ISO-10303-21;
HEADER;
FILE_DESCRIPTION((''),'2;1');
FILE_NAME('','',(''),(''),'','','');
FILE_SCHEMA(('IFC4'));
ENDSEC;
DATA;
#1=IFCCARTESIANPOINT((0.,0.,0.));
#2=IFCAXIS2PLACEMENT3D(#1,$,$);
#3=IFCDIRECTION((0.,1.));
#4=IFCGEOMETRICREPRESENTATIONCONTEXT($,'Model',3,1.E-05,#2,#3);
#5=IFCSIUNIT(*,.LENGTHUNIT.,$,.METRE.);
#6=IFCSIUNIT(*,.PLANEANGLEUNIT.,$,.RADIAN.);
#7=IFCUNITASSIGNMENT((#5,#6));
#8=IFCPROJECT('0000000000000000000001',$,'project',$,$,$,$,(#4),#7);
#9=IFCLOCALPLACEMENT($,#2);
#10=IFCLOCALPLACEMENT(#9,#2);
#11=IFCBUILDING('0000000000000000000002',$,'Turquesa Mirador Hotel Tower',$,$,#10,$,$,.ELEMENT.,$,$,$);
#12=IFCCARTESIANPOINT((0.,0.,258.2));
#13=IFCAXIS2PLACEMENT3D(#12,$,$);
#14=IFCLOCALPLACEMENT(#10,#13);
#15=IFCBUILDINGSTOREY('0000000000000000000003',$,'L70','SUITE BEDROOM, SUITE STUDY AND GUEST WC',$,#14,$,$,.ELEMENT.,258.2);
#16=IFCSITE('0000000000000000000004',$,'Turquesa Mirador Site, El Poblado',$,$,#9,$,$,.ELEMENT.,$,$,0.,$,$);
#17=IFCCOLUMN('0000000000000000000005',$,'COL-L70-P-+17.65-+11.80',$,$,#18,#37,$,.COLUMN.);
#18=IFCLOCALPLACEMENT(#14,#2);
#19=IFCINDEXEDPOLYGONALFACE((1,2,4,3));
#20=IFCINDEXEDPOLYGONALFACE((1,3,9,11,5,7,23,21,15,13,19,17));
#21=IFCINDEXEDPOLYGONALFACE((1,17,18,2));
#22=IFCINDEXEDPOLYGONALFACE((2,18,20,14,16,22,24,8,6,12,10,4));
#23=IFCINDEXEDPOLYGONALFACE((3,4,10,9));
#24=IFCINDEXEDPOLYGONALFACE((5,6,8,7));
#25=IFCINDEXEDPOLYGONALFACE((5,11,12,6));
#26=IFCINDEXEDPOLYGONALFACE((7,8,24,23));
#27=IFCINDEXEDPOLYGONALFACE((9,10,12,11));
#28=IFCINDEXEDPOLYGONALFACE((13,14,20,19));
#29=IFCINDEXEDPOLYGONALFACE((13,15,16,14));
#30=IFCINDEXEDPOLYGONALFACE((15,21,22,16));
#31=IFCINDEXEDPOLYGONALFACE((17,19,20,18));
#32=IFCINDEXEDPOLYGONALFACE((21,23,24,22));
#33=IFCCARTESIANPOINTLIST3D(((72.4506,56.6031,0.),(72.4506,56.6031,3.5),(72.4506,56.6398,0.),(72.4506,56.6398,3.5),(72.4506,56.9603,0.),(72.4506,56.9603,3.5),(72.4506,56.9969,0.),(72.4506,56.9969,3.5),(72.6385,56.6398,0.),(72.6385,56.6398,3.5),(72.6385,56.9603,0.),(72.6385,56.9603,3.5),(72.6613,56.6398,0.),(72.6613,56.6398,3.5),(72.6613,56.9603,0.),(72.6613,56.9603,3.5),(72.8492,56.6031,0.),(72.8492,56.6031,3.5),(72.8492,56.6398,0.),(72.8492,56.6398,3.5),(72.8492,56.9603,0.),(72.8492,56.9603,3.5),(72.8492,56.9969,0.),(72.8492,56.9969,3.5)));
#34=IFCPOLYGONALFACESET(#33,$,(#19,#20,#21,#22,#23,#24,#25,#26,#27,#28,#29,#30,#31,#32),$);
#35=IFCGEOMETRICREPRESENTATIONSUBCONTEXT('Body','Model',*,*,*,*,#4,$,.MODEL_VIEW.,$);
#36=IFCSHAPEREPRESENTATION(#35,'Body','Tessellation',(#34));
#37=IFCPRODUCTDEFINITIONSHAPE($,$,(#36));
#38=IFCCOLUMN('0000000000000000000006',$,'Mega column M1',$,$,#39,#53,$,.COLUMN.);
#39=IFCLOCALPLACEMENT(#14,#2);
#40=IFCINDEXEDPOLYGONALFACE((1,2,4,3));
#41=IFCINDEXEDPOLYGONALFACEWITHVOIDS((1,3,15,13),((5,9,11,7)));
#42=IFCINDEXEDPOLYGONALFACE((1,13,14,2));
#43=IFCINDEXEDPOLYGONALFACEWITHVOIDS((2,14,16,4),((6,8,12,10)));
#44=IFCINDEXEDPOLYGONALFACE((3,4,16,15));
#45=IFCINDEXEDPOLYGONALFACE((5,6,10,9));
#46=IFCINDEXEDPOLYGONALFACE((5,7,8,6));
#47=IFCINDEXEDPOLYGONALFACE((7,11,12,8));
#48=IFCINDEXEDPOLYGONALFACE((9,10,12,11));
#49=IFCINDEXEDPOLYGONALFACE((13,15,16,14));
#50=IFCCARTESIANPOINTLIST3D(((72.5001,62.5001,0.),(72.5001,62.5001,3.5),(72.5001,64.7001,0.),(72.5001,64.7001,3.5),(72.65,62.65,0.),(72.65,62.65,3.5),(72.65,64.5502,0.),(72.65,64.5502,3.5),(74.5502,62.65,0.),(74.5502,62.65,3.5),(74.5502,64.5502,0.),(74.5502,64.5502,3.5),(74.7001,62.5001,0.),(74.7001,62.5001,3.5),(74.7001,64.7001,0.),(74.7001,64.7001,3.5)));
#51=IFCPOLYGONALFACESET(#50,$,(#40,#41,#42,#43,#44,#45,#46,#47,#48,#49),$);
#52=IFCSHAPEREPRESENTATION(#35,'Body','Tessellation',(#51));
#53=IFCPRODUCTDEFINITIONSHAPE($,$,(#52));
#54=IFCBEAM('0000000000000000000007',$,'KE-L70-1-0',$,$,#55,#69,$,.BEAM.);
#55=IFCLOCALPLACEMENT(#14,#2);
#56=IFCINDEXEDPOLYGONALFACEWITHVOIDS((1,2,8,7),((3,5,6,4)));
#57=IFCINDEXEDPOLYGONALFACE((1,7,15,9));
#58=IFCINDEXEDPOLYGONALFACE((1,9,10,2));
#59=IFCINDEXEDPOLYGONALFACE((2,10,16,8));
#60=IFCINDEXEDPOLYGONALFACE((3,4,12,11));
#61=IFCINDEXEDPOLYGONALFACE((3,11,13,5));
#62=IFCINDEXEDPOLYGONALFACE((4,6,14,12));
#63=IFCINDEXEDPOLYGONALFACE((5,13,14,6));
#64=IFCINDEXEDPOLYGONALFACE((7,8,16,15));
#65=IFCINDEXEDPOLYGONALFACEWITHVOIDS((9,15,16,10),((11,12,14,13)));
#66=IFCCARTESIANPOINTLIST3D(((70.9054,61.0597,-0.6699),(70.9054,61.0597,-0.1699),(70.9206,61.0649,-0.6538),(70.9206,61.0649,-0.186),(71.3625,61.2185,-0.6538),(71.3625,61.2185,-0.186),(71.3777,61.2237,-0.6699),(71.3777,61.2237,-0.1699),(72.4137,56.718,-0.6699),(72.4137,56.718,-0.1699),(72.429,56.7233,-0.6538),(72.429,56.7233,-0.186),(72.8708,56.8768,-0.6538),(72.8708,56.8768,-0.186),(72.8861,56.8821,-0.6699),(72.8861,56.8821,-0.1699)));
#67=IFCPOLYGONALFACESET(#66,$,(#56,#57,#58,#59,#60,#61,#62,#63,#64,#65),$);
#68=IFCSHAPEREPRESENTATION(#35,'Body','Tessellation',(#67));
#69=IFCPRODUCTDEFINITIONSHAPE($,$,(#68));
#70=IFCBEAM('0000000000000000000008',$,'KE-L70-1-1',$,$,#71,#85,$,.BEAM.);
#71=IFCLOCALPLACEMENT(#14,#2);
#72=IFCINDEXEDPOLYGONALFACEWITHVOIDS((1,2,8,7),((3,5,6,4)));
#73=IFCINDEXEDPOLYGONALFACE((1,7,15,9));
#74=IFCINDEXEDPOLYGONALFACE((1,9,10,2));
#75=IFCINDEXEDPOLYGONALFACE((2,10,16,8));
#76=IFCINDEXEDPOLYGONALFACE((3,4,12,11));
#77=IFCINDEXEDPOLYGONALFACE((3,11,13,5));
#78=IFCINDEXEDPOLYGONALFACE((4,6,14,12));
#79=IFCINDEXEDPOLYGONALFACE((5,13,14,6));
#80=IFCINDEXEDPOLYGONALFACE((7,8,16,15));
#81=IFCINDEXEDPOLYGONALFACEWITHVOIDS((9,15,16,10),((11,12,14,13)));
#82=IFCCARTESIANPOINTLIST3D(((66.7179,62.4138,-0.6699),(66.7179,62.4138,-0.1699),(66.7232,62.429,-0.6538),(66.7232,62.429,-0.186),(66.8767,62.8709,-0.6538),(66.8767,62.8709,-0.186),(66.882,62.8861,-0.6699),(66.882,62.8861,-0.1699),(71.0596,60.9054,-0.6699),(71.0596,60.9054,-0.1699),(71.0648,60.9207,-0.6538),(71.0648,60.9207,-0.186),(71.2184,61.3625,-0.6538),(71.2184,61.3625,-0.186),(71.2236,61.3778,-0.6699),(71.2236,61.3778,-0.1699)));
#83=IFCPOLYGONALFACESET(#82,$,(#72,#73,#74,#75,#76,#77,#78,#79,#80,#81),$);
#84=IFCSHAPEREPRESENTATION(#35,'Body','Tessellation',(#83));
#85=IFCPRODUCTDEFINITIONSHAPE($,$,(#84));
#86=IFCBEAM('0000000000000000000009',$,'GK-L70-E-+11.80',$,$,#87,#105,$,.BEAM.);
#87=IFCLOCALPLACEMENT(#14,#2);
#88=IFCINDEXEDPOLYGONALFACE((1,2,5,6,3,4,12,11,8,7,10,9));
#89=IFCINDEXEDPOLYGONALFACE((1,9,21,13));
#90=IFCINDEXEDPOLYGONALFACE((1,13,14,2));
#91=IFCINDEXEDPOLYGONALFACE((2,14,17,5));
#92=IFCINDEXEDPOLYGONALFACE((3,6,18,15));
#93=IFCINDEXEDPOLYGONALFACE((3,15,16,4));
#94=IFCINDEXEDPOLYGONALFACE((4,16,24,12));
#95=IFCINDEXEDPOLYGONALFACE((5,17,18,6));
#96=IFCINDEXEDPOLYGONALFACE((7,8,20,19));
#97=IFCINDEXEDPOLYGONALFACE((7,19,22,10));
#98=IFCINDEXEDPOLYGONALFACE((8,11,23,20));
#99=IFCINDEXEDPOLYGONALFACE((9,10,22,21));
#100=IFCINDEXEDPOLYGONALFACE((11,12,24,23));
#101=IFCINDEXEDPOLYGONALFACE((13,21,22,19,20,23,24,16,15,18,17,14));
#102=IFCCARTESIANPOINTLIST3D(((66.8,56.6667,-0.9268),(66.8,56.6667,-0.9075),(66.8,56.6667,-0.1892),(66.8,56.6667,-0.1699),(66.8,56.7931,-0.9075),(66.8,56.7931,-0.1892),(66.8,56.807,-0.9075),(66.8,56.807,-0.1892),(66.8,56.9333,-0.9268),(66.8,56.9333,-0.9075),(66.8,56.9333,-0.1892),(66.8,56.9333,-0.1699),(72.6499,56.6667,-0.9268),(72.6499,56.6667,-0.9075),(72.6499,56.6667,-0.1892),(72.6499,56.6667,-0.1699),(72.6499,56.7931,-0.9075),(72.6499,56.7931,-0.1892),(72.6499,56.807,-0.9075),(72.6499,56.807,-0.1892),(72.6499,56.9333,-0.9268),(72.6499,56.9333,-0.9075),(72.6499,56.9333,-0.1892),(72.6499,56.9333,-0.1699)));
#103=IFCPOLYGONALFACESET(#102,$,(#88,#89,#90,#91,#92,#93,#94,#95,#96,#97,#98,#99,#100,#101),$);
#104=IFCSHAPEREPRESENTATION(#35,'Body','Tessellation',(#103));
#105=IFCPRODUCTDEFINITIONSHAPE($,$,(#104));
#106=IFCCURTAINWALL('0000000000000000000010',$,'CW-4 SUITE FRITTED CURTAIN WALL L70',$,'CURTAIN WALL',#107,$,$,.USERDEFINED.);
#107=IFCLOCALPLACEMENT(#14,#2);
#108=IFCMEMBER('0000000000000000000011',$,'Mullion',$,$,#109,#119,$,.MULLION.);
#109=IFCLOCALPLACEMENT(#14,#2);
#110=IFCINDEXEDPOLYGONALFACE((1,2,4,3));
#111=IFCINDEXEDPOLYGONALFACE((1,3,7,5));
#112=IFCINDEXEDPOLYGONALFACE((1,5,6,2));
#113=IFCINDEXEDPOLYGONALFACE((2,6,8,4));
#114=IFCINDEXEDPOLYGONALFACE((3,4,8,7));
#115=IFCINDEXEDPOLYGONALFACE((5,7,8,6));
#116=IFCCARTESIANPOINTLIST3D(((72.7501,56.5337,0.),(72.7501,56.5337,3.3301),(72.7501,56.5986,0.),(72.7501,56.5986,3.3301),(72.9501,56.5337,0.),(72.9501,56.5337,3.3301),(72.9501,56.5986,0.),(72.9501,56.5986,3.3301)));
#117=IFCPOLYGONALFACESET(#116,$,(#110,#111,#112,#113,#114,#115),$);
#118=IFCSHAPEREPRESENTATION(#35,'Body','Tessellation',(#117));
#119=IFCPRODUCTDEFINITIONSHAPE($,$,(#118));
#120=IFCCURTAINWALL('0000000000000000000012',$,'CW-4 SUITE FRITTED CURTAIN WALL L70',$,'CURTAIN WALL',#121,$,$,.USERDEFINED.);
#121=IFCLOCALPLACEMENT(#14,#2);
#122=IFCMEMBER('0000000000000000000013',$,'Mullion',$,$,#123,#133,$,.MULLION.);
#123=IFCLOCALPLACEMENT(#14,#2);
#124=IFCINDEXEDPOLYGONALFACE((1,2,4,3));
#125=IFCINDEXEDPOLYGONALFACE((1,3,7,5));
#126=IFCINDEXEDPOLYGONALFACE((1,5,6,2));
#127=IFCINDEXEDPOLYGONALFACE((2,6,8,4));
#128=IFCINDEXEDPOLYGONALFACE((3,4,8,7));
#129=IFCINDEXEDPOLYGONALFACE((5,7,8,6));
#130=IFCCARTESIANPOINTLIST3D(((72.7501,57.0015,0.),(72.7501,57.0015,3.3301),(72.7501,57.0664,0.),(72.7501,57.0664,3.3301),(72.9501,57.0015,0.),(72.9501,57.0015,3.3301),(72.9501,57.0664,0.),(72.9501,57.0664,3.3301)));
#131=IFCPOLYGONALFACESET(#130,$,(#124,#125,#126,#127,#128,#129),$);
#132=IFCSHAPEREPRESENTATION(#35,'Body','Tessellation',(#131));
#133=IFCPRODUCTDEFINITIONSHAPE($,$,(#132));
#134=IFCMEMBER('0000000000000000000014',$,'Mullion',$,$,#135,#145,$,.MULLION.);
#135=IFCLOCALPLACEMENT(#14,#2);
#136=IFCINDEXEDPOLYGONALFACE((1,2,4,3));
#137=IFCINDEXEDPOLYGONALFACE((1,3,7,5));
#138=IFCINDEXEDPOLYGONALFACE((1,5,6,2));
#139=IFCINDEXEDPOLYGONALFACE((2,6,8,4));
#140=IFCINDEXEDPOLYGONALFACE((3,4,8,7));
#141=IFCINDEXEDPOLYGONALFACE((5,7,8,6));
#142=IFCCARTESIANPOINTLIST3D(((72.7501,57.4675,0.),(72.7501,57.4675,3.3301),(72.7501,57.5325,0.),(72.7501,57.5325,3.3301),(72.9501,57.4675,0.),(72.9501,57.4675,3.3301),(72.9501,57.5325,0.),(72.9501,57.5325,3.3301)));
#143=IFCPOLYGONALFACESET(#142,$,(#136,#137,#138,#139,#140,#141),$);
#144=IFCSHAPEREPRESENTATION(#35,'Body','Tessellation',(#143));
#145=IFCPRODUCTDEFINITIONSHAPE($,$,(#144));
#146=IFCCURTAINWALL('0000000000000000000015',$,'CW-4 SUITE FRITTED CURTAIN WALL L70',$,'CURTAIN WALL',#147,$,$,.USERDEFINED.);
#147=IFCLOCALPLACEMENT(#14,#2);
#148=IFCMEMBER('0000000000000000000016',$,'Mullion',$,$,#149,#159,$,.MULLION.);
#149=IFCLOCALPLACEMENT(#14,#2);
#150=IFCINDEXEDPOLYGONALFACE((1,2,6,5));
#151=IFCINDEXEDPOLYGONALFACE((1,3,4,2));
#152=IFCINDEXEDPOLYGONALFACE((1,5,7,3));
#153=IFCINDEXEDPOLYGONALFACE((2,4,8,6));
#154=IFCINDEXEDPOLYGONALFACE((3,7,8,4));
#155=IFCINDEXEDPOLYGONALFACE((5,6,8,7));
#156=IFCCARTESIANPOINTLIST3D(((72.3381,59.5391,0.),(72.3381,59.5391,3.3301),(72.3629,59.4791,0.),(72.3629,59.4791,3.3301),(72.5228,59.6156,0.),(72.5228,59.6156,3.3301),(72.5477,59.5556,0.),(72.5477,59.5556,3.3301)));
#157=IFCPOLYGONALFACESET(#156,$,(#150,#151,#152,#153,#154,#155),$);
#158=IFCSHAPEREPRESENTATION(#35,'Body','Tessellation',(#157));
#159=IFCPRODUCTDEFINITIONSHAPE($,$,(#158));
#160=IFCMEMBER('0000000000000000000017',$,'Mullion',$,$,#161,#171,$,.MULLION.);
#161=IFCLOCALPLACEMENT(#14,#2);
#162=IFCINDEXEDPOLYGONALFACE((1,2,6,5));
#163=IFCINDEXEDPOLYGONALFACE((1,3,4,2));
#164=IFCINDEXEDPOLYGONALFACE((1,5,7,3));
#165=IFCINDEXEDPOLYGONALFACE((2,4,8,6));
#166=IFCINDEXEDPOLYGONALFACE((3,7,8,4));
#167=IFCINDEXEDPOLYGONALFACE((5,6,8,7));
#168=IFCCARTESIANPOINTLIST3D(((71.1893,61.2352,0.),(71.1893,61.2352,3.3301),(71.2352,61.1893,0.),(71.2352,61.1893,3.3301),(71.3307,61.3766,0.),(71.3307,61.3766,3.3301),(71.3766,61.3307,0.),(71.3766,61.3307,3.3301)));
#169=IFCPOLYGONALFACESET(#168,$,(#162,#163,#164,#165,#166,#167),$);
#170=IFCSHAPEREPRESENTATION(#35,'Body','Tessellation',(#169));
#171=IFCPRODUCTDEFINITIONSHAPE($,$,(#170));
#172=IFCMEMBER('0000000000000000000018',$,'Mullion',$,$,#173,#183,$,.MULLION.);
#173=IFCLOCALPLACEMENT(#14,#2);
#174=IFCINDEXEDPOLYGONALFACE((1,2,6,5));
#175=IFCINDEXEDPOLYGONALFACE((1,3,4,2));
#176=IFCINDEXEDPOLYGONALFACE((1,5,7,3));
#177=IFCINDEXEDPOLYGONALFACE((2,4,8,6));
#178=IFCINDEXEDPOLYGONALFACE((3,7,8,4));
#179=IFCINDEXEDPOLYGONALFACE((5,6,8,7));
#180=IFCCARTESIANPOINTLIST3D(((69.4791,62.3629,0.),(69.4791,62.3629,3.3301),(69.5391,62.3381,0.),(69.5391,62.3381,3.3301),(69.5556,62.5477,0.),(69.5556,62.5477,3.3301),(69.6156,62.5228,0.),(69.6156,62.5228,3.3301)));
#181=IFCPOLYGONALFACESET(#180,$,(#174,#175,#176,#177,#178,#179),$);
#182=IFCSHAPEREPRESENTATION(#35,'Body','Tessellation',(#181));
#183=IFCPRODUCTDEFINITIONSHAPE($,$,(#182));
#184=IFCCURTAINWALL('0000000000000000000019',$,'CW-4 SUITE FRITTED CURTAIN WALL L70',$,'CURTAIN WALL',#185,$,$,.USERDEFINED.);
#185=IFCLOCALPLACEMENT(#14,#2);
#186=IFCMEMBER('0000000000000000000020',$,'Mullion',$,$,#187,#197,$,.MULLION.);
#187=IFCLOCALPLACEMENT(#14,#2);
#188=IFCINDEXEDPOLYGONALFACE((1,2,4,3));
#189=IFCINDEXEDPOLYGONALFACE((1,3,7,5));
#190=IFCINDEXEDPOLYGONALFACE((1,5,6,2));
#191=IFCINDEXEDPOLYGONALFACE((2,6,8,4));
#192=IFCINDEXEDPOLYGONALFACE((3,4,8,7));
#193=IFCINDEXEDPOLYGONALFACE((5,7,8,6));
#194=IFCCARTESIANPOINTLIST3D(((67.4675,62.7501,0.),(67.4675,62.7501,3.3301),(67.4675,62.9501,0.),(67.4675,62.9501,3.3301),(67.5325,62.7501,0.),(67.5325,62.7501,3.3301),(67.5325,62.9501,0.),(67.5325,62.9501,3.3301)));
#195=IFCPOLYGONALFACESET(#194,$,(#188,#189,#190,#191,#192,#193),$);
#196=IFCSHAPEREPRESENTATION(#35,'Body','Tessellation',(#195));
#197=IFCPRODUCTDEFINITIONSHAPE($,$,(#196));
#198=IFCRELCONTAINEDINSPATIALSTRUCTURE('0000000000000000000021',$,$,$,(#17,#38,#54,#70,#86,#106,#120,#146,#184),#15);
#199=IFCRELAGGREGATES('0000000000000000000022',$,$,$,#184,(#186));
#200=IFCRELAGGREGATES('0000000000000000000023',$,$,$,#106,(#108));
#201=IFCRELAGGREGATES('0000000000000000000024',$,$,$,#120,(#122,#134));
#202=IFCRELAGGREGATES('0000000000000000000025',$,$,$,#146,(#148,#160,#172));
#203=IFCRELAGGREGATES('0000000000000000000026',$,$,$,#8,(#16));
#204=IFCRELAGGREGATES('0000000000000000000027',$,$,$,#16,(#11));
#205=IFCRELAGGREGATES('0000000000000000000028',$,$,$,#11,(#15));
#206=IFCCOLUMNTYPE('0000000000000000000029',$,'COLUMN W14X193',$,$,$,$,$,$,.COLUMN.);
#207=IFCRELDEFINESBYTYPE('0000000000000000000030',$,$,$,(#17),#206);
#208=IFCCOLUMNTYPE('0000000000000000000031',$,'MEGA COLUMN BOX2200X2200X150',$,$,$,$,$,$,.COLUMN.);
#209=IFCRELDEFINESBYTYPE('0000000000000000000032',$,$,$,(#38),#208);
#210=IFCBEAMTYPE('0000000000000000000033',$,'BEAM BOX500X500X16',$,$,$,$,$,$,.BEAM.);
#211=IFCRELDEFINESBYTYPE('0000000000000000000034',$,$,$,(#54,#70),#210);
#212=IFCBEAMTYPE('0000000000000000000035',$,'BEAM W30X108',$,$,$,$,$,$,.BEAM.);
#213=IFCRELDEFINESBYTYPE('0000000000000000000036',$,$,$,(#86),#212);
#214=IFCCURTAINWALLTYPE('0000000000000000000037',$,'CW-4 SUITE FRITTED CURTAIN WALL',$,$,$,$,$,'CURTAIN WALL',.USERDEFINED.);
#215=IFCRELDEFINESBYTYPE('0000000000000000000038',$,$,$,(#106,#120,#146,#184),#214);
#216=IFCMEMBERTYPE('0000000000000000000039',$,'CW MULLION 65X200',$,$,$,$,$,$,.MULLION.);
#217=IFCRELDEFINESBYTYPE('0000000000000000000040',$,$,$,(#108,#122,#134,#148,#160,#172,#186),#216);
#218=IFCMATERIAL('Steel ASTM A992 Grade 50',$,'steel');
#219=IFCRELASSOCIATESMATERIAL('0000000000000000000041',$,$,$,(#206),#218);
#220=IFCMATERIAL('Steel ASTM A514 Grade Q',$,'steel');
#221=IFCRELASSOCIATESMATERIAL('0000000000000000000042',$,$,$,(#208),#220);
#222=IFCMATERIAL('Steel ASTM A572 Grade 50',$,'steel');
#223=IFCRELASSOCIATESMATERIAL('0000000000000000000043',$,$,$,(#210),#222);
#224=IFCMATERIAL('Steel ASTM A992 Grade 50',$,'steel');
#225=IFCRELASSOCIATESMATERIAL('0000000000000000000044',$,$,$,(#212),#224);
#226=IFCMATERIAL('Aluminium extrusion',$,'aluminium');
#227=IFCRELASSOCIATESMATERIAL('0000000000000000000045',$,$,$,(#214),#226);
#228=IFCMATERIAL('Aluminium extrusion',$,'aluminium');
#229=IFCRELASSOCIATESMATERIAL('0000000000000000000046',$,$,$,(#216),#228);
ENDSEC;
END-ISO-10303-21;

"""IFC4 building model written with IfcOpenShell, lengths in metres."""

from ifc_helpers import new_model, si_unit, direction, frame, origin, origin_2d, place, context, subcontext, project, spatial, rectangle, hollow_rectangle, i_section, extrude, material, material_profile, profile_set, type_object, element, aggregate, save


model = new_model("IFC4")

# Units and contexts
model_context = context("Model", 3, precision=1e-05, world=origin(), true_north=direction((0.0, 1.0)))
body_context = subcontext(model_context, "Body", "Model", "MODEL_VIEW")
ifc_project = project(units=[si_unit("LENGTHUNIT", "METRE"), si_unit("PLANEANGLEUNIT", "RADIAN")], contexts=[model_context])

# Site, building, storey
site_placement = place(None, origin())
site = spatial("IfcSite", under=ifc_project, at=site_placement, Name="Turquesa Mirador Site, El Poblado", CompositionType="ELEMENT", RefElevation=0.0)
building_placement = place(site_placement, origin())
building = spatial("IfcBuilding", under=site, at=building_placement, Name="Turquesa Mirador Hotel Tower", CompositionType="ELEMENT")
storey_placement = place(building_placement, frame((0.0, 0.0, 258.2)))
storey = spatial("IfcBuildingStorey", under=building, at=storey_placement, Name="L70", Description="SUITE BEDROOM, SUITE STUDY AND GUEST WC", CompositionType="ELEMENT", Elevation=258.2)

# Columns
ifc_material_1 = material(Name="Steel ASTM A992 Grade 50", Category="steel")
ifc_material_profile_1 = material_profile(ifc_material_1, i_section(OverallWidth=0.3987, OverallDepth=0.3938, WebThickness=0.0227, FlangeThickness=0.0366, at=origin_2d()), Name="W14X193")
ifc_profile_set_1 = profile_set([ifc_material_profile_1], Name="Steel ASTM A992 Grade 50")
column_type_1 = type_object("IfcColumnType", Name="COLUMN W14X193", PredefinedType="COLUMN", material=ifc_profile_set_1)
column_1_placement = place(storey_placement, frame((72.6499, 56.8, 0.0), z_axis=(0.0, 0.0, 1.0), x_axis=(1.0, 0.0, 0.0)))
element("IfcColumn", 1, at=column_1_placement, inside=storey, type_object=column_type_1, Name="COL-L70-P-+17.65-+11.80", PredefinedType="COLUMN", context=body_context, shape_type="SweptSolid", body=[
    extrude(i_section(OverallWidth=0.3987, OverallDepth=0.3938, WebThickness=0.0227, FlangeThickness=0.0366, at=origin_2d()), origin(), (0.0, 0.0, 1.0), 3.5),
])
ifc_material_2 = material(Name="Steel ASTM A514 Grade Q", Category="steel")
ifc_material_profile_2 = material_profile(ifc_material_2, hollow_rectangle(XDim=2.2, YDim=2.2, WallThickness=0.1499, at=origin_2d()), Name="BOX2200X2200X150")
ifc_profile_set_2 = profile_set([ifc_material_profile_2], Name="Steel ASTM A514 Grade Q")
column_type_2 = type_object("IfcColumnType", Name="MEGA COLUMN BOX2200X2200X150", PredefinedType="COLUMN", material=ifc_profile_set_2)
column_2_placement = place(storey_placement, frame((73.6001, 63.6001, 0.0), z_axis=(0.0, 0.0, 1.0), x_axis=(1.0, 0.0, 0.0)))
element("IfcColumn", 2, at=column_2_placement, inside=storey, type_object=column_type_2, Name="Mega column M1", PredefinedType="COLUMN", context=body_context, shape_type="SweptSolid", body=[
    extrude(hollow_rectangle(XDim=2.2, YDim=2.2, WallThickness=0.1499, at=origin_2d()), origin(), (0.0, 0.0, 1.0), 3.5),
])

# Beams
ifc_material_3 = material(Name="Steel ASTM A572 Grade 50", Category="steel")
ifc_material_profile_3 = material_profile(ifc_material_3, hollow_rectangle(XDim=0.5, YDim=0.5, WallThickness=0.0161, at=origin_2d()), Name="BOX500X500X16")
ifc_profile_set_3 = profile_set([ifc_material_profile_3], Name="Steel ASTM A572 Grade 50")
beam_type_1 = type_object("IfcBeamType", Name="BEAM BOX500X500X16", PredefinedType="BEAM", material=ifc_profile_set_3)
for number, where, z_axis, x_axis, name in (
    (3, (72.6499, 56.8, -0.4199), (-0.32817, 0.944619, 0.0), (-0.944619, -0.32817, 0.0), "KE-L70-1-0"),
    (4, (71.1416, 61.1416, -0.4199), (-0.944619, 0.32817, 0.0), (-0.32817, -0.944619, 0.0), "KE-L70-1-1"),
):
    element("IfcBeam", number, at=place(storey_placement, frame(where, z_axis=z_axis, x_axis=x_axis)), inside=storey, type_object=beam_type_1, Name=name, PredefinedType="BEAM", context=body_context, shape_type="SweptSolid", body=[
        extrude(hollow_rectangle(XDim=0.5, YDim=0.5, WallThickness=0.0161, at=origin_2d()), origin(), (0.0, 0.0, 1.0), 4.5962),
    ])
ifc_material_4 = material(Name="Steel ASTM A992 Grade 50", Category="steel")
ifc_material_profile_4 = material_profile(ifc_material_4, i_section(OverallWidth=0.2666, OverallDepth=0.7568, WebThickness=0.0139, FlangeThickness=0.0193, at=origin_2d()), Name="W30X108")
ifc_profile_set_4 = profile_set([ifc_material_profile_4], Name="Steel ASTM A992 Grade 50")
beam_type_2 = type_object("IfcBeamType", Name="BEAM W30X108", PredefinedType="BEAM", material=ifc_profile_set_4)
beam_placement = place(storey_placement, frame((72.6499, 56.8, -0.5483), z_axis=(-1.0, 0.0, 0.0), x_axis=(0.0, -1.0, 0.0)))
element("IfcBeam", 5, at=beam_placement, inside=storey, type_object=beam_type_2, Name="GK-L70-E-+11.80", PredefinedType="BEAM", context=body_context, shape_type="SweptSolid", body=[
    extrude(i_section(OverallWidth=0.2666, OverallDepth=0.7568, WebThickness=0.0139, FlangeThickness=0.0193, at=origin_2d()), origin(), (0.0, 0.0, 1.0), 5.8499),
])

# Curtain wall, member
ifc_material_5 = material(Name="Aluminium extrusion", Category="aluminium")
curtain_wall_type = type_object("IfcCurtainWallType", Name="CW-4 SUITE FRITTED CURTAIN WALL", ElementType="CURTAIN WALL", PredefinedType="USERDEFINED", material=ifc_material_5)
curtain_wall_1_placement = place(storey_placement, origin())
curtain_wall_1 = element("IfcCurtainWall", 6, at=curtain_wall_1_placement, inside=storey, type_object=curtain_wall_type, Name="CW-4 SUITE FRITTED CURTAIN WALL L70", ObjectType="CURTAIN WALL", PredefinedType="USERDEFINED")
ifc_material_6 = material(Name="Aluminium extrusion", Category="aluminium")
ifc_material_profile_5 = material_profile(ifc_material_6, rectangle(XDim=0.0649, YDim=0.2, at=origin_2d()), Name="MULLION 65X200")
ifc_profile_set_5 = profile_set([ifc_material_profile_5], Name="Aluminium extrusion")
member_type_1 = type_object("IfcMemberType", Name="CW MULLION 65X200", PredefinedType="MULLION", material=ifc_profile_set_5)
member_1_placement = place(storey_placement, frame((72.8501, 56.5662, 0.0), z_axis=(0.0, 0.0, 1.0), x_axis=(0.0, 1.0, 0.0)))
member_1 = element("IfcMember", 7, at=member_1_placement, type_object=member_type_1, Name="Mullion", PredefinedType="MULLION", context=body_context, shape_type="SweptSolid", body=[
    extrude(rectangle(XDim=0.0649, YDim=0.2, at=origin_2d()), origin(), (0.0, 0.0, 1.0), 3.3301),
])

# Curtain walls, members
curtain_wall_2_placement = place(storey_placement, origin())
curtain_wall_2 = element("IfcCurtainWall", 8, at=curtain_wall_2_placement, inside=storey, type_object=curtain_wall_type, Name="CW-4 SUITE FRITTED CURTAIN WALL L70", ObjectType="CURTAIN WALL", PredefinedType="USERDEFINED")
member_2_placement = place(storey_placement, frame((72.8501, 57.0339, 0.0), z_axis=(0.0, 0.0, 1.0), x_axis=(0.0, 1.0, 0.0)))
member_2 = element("IfcMember", 9, at=member_2_placement, type_object=member_type_1, Name="Mullion", PredefinedType="MULLION", context=body_context, shape_type="SweptSolid", body=[
    extrude(rectangle(XDim=0.0649, YDim=0.2, at=origin_2d()), origin(), (0.0, 0.0, 1.0), 3.3301),
])
member_3_placement = place(storey_placement, frame((72.8501, 57.5, 0.0), z_axis=(0.0, 0.0, 1.0), x_axis=(0.0, 1.0, 0.0)))
member_3 = element("IfcMember", 10, at=member_3_placement, type_object=member_type_1, Name="Mullion", PredefinedType="MULLION", context=body_context, shape_type="SweptSolid", body=[
    extrude(rectangle(XDim=0.0649, YDim=0.2, at=origin_2d()), origin(), (0.0, 0.0, 1.0), 3.3301),
])
curtain_wall_3_placement = place(storey_placement, origin())
curtain_wall_3 = element("IfcCurtainWall", 11, at=curtain_wall_3_placement, inside=storey, type_object=curtain_wall_type, Name="CW-4 SUITE FRITTED CURTAIN WALL L70", ObjectType="CURTAIN WALL", PredefinedType="USERDEFINED")
member_4_placement = place(storey_placement, frame((72.4429, 59.5474, 0.0), z_axis=(0.0, 0.0, 1.0), x_axis=(-0.382683, 0.92388, 0.0)))
member_4 = element("IfcMember", 12, at=member_4_placement, type_object=member_type_1, Name="Mullion", PredefinedType="MULLION", context=body_context, shape_type="SweptSolid", body=[
    extrude(rectangle(XDim=0.0649, YDim=0.2, at=origin_2d()), origin(), (0.0, 0.0, 1.0), 3.3301),
])
member_5_placement = place(storey_placement, frame((71.283, 61.283, 0.0), z_axis=(0.0, 0.0, 1.0), x_axis=(-0.707107, 0.707107, 0.0)))
member_5 = element("IfcMember", 13, at=member_5_placement, type_object=member_type_1, Name="Mullion", PredefinedType="MULLION", context=body_context, shape_type="SweptSolid", body=[
    extrude(rectangle(XDim=0.0649, YDim=0.2, at=origin_2d()), origin(), (0.0, 0.0, 1.0), 3.3301),
])
member_6_placement = place(storey_placement, frame((69.5474, 62.4429, 0.0), z_axis=(0.0, 0.0, 1.0), x_axis=(-0.92388, 0.382683, 0.0)))
member_6 = element("IfcMember", 14, at=member_6_placement, type_object=member_type_1, Name="Mullion", PredefinedType="MULLION", context=body_context, shape_type="SweptSolid", body=[
    extrude(rectangle(XDim=0.0649, YDim=0.2, at=origin_2d()), origin(), (0.0, 0.0, 1.0), 3.3301),
])

# Curtain wall, member
curtain_wall_4_placement = place(storey_placement, origin())
curtain_wall_4 = element("IfcCurtainWall", 15, at=curtain_wall_4_placement, inside=storey, type_object=curtain_wall_type, Name="CW-4 SUITE FRITTED CURTAIN WALL L70", ObjectType="CURTAIN WALL", PredefinedType="USERDEFINED")
member_7_placement = place(storey_placement, frame((67.5, 62.8501, 0.0), z_axis=(0.0, 0.0, 1.0), x_axis=(-1.0, 0.0, 0.0)))
member_7 = element("IfcMember", 16, at=member_7_placement, type_object=member_type_1, Name="Mullion", PredefinedType="MULLION", context=body_context, shape_type="SweptSolid", body=[
    extrude(rectangle(XDim=0.0649, YDim=0.2, at=origin_2d()), origin(), (0.0, 0.0, 1.0), 3.3301),
])

aggregate(curtain_wall_4, [member_7])

aggregate(curtain_wall_1, [member_1])
aggregate(curtain_wall_2, [member_2, member_3])
aggregate(curtain_wall_3, [member_4, member_5, member_6])

save(model, "model.ifc")
